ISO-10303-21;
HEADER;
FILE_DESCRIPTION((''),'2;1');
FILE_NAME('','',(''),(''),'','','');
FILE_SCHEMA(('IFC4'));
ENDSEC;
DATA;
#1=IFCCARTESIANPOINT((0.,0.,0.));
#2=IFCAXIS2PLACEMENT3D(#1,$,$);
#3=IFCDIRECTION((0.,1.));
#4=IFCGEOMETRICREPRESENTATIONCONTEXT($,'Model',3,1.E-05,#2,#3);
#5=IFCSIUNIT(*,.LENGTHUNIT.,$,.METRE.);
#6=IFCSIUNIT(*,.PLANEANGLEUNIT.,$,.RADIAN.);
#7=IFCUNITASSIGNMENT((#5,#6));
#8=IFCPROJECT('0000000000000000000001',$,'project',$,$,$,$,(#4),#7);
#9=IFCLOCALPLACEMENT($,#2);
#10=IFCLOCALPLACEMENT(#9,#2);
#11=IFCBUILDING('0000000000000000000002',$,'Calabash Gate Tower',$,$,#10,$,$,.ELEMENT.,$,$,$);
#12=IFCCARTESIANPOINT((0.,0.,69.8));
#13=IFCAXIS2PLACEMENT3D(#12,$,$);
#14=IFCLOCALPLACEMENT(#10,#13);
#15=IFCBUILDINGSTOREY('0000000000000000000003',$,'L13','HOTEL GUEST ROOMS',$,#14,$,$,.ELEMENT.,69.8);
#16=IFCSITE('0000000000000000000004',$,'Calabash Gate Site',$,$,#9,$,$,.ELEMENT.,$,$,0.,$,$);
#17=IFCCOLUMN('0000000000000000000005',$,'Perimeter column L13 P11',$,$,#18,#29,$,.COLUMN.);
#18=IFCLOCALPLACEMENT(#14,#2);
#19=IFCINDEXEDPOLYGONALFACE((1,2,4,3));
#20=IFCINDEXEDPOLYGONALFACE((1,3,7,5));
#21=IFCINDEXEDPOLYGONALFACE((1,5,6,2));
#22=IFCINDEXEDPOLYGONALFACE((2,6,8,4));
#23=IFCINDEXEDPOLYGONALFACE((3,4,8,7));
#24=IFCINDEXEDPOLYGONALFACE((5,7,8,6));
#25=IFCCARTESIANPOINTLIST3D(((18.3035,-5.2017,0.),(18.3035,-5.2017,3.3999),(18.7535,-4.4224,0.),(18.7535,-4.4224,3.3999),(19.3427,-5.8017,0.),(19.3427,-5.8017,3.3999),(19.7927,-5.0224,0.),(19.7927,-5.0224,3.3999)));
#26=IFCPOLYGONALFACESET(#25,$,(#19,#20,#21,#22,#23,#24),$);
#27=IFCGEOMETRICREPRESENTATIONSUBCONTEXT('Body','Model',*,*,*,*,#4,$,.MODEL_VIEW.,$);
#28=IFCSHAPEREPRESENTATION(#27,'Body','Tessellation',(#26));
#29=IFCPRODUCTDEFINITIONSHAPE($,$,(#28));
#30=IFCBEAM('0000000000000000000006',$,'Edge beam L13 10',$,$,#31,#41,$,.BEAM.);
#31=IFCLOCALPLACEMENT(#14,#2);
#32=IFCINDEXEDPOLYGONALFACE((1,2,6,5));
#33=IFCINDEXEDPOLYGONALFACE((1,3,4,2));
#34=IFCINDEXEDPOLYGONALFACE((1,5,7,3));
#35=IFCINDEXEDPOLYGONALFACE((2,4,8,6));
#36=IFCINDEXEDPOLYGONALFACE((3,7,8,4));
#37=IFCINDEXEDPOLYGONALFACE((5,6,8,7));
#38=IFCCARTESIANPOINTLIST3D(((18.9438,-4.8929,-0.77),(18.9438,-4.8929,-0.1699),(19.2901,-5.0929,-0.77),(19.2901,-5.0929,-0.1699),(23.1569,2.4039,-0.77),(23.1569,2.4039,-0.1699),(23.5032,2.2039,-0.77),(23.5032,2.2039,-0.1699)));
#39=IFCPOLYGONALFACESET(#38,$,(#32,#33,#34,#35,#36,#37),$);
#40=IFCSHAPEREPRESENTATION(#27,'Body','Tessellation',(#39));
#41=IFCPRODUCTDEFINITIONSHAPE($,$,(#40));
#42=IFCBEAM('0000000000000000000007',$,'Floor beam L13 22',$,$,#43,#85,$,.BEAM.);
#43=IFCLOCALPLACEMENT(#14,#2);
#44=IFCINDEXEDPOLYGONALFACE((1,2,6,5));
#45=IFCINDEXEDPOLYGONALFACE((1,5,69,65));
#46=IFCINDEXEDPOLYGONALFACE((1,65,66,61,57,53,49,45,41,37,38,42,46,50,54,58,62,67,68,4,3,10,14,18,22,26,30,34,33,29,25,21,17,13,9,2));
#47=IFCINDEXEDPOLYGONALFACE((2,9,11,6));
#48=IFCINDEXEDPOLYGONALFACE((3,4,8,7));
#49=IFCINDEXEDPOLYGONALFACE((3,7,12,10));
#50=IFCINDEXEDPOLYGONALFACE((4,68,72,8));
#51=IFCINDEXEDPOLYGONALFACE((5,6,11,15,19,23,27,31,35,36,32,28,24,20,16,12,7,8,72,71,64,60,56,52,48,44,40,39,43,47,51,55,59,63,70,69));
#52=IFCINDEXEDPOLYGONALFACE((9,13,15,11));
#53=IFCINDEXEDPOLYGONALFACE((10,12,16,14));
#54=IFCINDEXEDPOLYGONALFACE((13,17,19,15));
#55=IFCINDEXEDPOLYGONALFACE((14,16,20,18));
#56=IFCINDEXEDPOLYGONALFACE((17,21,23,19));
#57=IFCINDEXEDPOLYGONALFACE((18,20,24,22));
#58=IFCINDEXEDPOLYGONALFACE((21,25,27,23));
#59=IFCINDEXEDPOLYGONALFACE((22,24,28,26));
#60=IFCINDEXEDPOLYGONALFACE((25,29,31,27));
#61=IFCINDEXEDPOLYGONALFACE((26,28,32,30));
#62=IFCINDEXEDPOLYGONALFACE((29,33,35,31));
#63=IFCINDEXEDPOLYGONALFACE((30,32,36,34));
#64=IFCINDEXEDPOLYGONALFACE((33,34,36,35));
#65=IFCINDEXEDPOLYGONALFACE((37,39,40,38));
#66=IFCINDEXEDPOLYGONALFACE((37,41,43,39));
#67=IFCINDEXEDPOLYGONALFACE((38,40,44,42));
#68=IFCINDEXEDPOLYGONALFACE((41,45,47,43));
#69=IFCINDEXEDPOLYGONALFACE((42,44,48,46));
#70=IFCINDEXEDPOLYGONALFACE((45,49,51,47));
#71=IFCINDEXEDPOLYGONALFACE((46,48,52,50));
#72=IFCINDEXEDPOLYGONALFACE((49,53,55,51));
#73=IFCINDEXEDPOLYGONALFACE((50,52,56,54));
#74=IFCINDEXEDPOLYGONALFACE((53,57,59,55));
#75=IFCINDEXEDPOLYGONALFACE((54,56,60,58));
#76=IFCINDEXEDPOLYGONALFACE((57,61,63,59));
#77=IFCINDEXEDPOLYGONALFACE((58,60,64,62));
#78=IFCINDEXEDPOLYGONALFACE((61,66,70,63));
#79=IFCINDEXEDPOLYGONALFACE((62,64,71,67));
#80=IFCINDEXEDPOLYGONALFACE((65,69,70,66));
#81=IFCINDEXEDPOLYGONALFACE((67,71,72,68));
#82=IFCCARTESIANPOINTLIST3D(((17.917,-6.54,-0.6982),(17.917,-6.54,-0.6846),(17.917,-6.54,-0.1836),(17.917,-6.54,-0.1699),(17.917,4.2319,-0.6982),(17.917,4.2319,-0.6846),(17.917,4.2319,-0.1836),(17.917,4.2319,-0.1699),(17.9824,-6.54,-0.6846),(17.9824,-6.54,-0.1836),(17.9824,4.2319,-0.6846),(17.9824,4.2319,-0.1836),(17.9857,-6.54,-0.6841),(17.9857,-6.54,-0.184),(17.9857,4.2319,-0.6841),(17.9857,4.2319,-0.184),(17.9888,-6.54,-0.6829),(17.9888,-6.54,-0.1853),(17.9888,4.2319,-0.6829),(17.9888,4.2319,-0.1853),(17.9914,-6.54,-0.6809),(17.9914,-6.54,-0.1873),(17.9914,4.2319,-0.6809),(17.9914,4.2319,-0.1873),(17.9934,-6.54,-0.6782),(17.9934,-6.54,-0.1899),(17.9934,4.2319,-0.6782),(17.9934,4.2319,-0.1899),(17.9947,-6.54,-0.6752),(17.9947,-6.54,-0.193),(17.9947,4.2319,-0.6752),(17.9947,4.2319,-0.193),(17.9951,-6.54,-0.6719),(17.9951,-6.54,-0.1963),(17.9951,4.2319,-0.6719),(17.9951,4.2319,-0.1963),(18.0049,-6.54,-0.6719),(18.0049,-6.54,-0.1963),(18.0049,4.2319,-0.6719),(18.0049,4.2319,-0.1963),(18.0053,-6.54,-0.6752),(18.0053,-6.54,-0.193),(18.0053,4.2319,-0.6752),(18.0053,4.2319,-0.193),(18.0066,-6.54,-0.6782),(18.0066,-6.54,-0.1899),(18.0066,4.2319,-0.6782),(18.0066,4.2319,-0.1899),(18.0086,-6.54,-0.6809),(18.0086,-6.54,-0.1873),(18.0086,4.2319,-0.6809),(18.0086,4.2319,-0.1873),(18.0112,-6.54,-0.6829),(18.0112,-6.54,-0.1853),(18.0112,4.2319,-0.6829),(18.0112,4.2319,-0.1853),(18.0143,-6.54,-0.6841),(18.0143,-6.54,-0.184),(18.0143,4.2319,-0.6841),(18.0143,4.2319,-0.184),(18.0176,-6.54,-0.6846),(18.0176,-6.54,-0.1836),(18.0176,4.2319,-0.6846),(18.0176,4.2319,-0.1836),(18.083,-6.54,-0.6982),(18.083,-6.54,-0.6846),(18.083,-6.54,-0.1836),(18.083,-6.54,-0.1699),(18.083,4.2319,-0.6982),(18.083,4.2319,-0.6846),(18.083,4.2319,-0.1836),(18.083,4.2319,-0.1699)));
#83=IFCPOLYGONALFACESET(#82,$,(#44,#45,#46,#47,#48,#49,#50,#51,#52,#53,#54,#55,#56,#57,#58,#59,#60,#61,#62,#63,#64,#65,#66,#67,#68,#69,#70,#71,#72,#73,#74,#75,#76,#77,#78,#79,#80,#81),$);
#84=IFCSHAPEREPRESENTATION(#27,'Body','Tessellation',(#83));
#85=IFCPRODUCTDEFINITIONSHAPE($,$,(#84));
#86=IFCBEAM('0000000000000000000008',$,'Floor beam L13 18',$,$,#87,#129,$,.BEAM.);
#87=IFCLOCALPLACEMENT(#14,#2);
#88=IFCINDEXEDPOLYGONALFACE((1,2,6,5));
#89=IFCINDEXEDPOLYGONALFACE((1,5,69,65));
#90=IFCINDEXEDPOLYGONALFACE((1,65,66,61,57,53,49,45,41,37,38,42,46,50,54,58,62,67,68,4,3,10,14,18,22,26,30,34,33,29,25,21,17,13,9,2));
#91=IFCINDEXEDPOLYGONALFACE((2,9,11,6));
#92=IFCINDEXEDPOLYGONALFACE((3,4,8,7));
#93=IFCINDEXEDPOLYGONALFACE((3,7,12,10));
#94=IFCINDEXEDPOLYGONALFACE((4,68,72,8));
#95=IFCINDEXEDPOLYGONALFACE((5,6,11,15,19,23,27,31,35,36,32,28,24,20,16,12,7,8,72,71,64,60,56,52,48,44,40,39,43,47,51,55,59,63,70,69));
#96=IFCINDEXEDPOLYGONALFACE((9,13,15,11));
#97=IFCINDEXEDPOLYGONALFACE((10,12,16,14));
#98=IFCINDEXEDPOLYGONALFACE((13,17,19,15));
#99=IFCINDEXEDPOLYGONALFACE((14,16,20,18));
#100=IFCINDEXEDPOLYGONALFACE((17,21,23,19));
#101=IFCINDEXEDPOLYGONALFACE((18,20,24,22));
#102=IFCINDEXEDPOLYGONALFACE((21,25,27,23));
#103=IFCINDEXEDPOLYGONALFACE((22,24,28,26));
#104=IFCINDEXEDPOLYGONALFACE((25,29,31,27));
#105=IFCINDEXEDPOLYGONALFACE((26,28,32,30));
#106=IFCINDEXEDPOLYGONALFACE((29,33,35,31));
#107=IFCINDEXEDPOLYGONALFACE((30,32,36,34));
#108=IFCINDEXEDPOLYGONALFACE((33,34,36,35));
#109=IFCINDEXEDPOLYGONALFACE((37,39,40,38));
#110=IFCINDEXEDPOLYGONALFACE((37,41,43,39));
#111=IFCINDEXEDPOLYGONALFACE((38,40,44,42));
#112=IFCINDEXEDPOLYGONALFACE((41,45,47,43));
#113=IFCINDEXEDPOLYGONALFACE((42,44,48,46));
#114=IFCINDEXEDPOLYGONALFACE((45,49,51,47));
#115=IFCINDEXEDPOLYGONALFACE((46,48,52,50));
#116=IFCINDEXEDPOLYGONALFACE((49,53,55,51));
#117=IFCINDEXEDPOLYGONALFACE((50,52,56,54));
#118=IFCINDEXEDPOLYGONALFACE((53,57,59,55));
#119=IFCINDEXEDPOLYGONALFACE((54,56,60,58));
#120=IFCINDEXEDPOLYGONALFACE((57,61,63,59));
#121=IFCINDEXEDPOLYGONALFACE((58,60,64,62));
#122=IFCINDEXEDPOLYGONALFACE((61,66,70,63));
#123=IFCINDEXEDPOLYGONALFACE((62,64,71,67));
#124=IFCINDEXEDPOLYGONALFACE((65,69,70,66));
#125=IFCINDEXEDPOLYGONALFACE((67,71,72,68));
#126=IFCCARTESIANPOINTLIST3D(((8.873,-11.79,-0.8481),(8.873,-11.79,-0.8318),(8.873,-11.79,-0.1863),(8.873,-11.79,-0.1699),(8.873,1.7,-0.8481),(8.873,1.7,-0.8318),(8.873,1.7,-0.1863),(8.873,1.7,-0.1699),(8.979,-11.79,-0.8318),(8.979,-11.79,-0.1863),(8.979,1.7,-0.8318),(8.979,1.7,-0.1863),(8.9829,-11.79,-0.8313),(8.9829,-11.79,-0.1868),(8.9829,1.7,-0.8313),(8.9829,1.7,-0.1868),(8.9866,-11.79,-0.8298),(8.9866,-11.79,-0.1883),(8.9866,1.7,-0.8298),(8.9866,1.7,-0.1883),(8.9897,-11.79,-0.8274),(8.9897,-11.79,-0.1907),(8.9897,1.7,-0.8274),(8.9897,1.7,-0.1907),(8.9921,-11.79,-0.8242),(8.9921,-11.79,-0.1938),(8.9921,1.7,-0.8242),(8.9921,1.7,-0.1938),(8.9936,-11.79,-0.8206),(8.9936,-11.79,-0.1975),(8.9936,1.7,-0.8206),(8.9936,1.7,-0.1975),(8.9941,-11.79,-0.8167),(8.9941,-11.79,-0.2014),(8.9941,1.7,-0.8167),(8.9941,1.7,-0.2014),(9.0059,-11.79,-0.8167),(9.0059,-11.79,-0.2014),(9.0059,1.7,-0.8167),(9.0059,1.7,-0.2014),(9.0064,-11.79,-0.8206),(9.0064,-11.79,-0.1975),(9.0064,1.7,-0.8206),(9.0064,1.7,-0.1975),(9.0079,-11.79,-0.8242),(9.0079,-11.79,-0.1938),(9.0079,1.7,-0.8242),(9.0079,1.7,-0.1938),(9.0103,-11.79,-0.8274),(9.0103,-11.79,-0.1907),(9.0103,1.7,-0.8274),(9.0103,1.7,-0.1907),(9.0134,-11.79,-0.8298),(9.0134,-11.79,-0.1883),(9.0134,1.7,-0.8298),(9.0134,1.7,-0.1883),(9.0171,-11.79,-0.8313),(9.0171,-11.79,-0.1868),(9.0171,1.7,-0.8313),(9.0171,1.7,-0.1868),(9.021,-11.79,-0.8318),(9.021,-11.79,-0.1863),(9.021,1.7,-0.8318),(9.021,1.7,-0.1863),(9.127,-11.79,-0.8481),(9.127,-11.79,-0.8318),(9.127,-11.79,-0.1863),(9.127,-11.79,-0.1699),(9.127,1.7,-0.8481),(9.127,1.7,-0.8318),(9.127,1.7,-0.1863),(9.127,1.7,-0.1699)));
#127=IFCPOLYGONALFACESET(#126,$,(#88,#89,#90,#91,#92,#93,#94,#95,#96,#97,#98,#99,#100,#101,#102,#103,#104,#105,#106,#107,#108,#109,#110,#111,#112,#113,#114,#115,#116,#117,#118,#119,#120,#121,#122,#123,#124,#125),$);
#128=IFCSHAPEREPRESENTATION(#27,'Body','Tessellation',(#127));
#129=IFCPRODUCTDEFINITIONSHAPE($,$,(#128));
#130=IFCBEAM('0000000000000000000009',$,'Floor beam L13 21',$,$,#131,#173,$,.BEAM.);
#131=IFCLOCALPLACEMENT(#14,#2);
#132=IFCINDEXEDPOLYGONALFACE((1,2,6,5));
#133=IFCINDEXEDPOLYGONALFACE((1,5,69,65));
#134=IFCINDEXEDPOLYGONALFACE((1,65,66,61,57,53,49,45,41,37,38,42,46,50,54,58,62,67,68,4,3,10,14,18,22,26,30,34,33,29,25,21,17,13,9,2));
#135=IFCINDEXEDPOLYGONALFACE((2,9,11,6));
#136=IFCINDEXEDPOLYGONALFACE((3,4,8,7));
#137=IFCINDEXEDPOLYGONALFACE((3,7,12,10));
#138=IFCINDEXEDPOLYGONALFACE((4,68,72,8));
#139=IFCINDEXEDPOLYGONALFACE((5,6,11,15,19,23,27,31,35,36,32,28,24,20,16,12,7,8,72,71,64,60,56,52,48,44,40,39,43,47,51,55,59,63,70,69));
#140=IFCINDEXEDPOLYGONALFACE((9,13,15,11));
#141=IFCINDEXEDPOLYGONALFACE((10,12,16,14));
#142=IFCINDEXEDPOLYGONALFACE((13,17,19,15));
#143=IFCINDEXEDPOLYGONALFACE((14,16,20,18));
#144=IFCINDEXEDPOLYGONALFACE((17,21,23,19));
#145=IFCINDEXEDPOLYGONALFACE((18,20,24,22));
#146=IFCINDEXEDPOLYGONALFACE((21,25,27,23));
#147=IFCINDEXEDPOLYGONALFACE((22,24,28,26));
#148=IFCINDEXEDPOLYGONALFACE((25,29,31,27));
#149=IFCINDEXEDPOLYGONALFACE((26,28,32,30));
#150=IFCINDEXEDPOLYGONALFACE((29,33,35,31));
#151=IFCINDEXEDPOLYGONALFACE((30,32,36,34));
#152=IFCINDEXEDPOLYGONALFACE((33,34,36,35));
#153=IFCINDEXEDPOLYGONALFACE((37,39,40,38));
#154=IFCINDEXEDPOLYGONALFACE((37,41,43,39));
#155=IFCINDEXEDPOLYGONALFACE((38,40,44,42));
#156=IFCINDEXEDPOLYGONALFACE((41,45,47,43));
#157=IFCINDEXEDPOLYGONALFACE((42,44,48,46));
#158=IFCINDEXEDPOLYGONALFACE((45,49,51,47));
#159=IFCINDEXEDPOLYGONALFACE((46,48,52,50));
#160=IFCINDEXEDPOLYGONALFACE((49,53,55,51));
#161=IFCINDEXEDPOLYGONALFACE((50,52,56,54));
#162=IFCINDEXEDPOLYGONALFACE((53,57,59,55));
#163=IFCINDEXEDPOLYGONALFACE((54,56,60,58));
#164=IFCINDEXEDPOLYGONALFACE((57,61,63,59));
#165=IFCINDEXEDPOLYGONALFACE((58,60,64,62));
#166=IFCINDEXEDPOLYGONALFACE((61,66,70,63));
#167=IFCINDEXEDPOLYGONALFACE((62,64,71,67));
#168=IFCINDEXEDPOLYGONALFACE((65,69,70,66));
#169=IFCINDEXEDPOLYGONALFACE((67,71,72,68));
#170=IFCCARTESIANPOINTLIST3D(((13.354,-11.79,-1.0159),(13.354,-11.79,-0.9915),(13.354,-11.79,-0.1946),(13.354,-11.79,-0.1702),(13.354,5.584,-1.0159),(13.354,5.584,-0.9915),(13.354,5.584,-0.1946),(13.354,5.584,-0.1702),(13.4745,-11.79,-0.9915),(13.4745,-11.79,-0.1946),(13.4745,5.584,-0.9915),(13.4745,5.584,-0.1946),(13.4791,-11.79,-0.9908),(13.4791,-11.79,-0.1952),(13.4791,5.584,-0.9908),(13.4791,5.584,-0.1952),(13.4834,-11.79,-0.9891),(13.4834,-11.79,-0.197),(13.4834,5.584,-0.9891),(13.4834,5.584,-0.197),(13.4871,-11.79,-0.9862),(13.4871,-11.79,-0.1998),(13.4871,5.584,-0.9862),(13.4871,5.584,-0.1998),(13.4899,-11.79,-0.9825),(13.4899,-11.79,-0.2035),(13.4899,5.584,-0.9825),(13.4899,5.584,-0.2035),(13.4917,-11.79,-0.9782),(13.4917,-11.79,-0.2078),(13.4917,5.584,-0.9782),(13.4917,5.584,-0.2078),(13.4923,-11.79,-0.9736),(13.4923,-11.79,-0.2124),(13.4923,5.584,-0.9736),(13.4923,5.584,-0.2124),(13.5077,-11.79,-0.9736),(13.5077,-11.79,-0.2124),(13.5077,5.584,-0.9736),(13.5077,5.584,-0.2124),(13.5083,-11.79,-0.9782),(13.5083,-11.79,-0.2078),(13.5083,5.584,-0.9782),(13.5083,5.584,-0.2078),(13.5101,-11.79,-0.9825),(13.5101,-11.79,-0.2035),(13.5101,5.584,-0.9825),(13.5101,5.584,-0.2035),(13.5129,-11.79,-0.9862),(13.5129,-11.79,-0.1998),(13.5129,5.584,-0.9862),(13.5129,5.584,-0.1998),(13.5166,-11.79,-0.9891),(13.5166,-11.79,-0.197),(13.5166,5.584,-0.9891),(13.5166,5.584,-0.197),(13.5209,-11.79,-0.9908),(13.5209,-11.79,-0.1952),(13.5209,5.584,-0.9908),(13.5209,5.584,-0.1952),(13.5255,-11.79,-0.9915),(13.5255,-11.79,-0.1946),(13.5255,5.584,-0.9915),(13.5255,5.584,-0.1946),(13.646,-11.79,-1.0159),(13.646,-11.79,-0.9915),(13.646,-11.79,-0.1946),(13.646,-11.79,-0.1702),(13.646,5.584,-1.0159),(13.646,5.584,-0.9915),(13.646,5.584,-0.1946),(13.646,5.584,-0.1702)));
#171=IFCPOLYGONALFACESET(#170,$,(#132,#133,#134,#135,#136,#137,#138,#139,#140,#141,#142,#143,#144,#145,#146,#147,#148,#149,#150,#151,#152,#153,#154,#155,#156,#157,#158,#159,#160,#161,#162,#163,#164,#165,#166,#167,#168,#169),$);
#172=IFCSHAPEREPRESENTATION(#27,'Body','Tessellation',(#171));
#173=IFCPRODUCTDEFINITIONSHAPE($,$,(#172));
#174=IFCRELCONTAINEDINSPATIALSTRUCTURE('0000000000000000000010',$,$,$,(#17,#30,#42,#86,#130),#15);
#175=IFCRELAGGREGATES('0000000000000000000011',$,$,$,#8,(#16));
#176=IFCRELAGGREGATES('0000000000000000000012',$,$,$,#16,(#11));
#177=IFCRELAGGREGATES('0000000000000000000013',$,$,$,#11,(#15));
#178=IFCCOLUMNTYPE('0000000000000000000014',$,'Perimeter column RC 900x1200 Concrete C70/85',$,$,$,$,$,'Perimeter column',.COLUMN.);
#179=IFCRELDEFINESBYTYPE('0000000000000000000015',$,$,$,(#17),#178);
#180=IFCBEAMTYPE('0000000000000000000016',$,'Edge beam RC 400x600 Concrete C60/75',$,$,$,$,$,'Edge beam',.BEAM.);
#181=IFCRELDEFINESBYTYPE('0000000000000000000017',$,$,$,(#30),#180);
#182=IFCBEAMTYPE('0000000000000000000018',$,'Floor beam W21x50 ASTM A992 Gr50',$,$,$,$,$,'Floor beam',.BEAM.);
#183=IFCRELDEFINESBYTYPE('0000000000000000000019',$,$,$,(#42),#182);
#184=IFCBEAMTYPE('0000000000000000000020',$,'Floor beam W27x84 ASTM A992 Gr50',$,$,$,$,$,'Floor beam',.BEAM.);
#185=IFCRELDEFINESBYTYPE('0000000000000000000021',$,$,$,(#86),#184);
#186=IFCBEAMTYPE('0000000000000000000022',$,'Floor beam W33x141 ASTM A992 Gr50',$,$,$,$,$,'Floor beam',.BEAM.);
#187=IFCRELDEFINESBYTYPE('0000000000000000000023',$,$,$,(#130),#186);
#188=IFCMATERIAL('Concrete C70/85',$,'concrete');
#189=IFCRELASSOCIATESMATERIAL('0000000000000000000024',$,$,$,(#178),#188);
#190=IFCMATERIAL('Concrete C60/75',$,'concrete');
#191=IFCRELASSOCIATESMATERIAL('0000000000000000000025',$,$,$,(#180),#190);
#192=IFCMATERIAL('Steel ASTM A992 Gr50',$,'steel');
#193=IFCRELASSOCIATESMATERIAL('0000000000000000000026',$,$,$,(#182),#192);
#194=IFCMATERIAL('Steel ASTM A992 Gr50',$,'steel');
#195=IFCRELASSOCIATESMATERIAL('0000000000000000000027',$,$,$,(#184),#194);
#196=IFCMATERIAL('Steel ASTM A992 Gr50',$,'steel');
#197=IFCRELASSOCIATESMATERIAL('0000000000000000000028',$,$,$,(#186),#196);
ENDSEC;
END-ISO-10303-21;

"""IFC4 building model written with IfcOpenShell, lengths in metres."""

from ifc_helpers import new_model, si_unit, direction, frame, origin, origin_2d, place, context, subcontext, project, spatial, rectangle, i_section, extrude, material, material_profile, profile_set, type_object, element, save


model = new_model("IFC4")

# Units and contexts
model_context = context("Model", 3, precision=1e-05, world=origin(), true_north=direction((0.0, 1.0)))
body_context = subcontext(model_context, "Body", "Model", "MODEL_VIEW")
ifc_project = project(units=[si_unit("LENGTHUNIT", "METRE"), si_unit("PLANEANGLEUNIT", "RADIAN")], contexts=[model_context])

# Site, building, storey
site_placement = place(None, origin())
site = spatial("IfcSite", under=ifc_project, at=site_placement, Name="Calabash Gate Site", CompositionType="ELEMENT", RefElevation=0.0)
building_placement = place(site_placement, origin())
building = spatial("IfcBuilding", under=site, at=building_placement, Name="Calabash Gate Tower", CompositionType="ELEMENT")
storey_placement = place(building_placement, frame((0.0, 0.0, 69.8)))
storey = spatial("IfcBuildingStorey", under=building, at=storey_placement, Name="L13", Description="HOTEL GUEST ROOMS", CompositionType="ELEMENT", Elevation=69.8)

# Column
ifc_material_1 = material(Name="Concrete C70/85", Category="concrete")
ifc_material_profile_1 = material_profile(ifc_material_1, rectangle(XDim=0.8999, YDim=1.2, at=origin_2d()))
ifc_profile_set_1 = profile_set([ifc_material_profile_1], Name="Concrete C70/85")
column_type = type_object("IfcColumnType", Name="Perimeter column RC 900x1200 Concrete C70/85", ElementType="Perimeter column", PredefinedType="COLUMN", material=ifc_profile_set_1)
column_placement = place(storey_placement, frame((19.0481, -5.1121, 0.0), z_axis=(0.0, 0.0, 1.0), x_axis=(0.5, 0.866025, 0.0)))
element("IfcColumn", 1, at=column_placement, inside=storey, type_object=column_type, Name="Perimeter column L13 P11", PredefinedType="COLUMN", context=body_context, shape_type="SweptSolid", body=[
    extrude(rectangle(XDim=0.8999, YDim=1.2, at=origin_2d()), origin(), (0.0, 0.0, 1.0), 3.3999),
])

# Beams
ifc_material_2 = material(Name="Concrete C60/75", Category="concrete")
ifc_material_profile_2 = material_profile(ifc_material_2, rectangle(XDim=0.3999, YDim=0.6001, at=origin_2d()))
ifc_profile_set_2 = profile_set([ifc_material_profile_2], Name="Concrete C60/75")
beam_type_1 = type_object("IfcBeamType", Name="Edge beam RC 400x600 Concrete C60/75", ElementType="Edge beam", PredefinedType="BEAM", material=ifc_profile_set_2)
beam_1_placement = place(storey_placement, frame((19.1169, -4.9929, -0.47), z_axis=(0.500025, 0.866011, 0.0), x_axis=(-0.866011, 0.500025, 0.0)))
element("IfcBeam", 2, at=beam_1_placement, inside=storey, type_object=beam_type_1, Name="Edge beam L13 10", PredefinedType="BEAM", context=body_context, shape_type="SweptSolid", body=[
    extrude(rectangle(XDim=0.3999, YDim=0.6001, at=origin_2d()), origin(), (0.0, 0.0, 1.0), 8.4258),
])
ifc_material_3 = material(Name="Steel ASTM A992 Gr50", Category="steel")
ifc_material_profile_3 = material_profile(ifc_material_3, i_section(OverallWidth=0.166, OverallDepth=0.5283, WebThickness=0.0098, FlangeThickness=0.0137, FilletRadius=0.0127, at=origin_2d()))
ifc_profile_set_3 = profile_set([ifc_material_profile_3], Name="Steel ASTM A992 Gr50")
beam_type_2 = type_object("IfcBeamType", Name="Floor beam W21x50 ASTM A992 Gr50", ElementType="Floor beam", PredefinedType="BEAM", material=ifc_profile_set_3)
beam_2_placement = place(storey_placement, frame((18.0, -6.54, -0.4341), z_axis=(0.0, 1.0, 0.0), x_axis=(-1.0, 0.0, 0.0)))
element("IfcBeam", 3, at=beam_2_placement, inside=storey, type_object=beam_type_2, Name="Floor beam L13 22", PredefinedType="BEAM", context=body_context, shape_type="SweptSolid", body=[
    extrude(i_section(OverallWidth=0.166, OverallDepth=0.5283, WebThickness=0.0098, FlangeThickness=0.0137, FilletRadius=0.0127, at=origin_2d()), origin(), (0.0, 0.0, 1.0), 10.772),
])
ifc_material_4 = material(Name="Steel ASTM A992 Gr50", Category="steel")
ifc_material_profile_4 = material_profile(ifc_material_4, i_section(OverallWidth=0.2539, OverallDepth=0.6782, WebThickness=0.0117, FlangeThickness=0.0164, FilletRadius=0.0151, at=origin_2d()))
ifc_profile_set_4 = profile_set([ifc_material_profile_4], Name="Steel ASTM A992 Gr50")
beam_type_3 = type_object("IfcBeamType", Name="Floor beam W27x84 ASTM A992 Gr50", ElementType="Floor beam", PredefinedType="BEAM", material=ifc_profile_set_4)
beam_3_placement = place(storey_placement, frame((9.0, -11.79, -0.509), z_axis=(0.0, 1.0, 0.0), x_axis=(-1.0, 0.0, 0.0)))
element("IfcBeam", 4, at=beam_3_placement, inside=storey, type_object=beam_type_3, Name="Floor beam L13 18", PredefinedType="BEAM", context=body_context, shape_type="SweptSolid", body=[
    extrude(i_section(OverallWidth=0.2539, OverallDepth=0.6782, WebThickness=0.0117, FlangeThickness=0.0164, FilletRadius=0.0151, at=origin_2d()), origin(), (0.0, 0.0, 1.0), 13.49),
])
ifc_material_5 = material(Name="Steel ASTM A992 Gr50", Category="steel")
ifc_material_profile_5 = material_profile(ifc_material_5, i_section(OverallWidth=0.292, OverallDepth=0.8457, WebThickness=0.0154, FlangeThickness=0.0244, FilletRadius=0.0178, at=origin_2d()))
ifc_profile_set_5 = profile_set([ifc_material_profile_5], Name="Steel ASTM A992 Gr50")
beam_type_4 = type_object("IfcBeamType", Name="Floor beam W33x141 ASTM A992 Gr50", ElementType="Floor beam", PredefinedType="BEAM", material=ifc_profile_set_5)
beam_4_placement = place(storey_placement, frame((13.5, -11.79, -0.593), z_axis=(0.0, 1.0, 0.0), x_axis=(-1.0, 0.0, 0.0)))
element("IfcBeam", 5, at=beam_4_placement, inside=storey, type_object=beam_type_4, Name="Floor beam L13 21", PredefinedType="BEAM", context=body_context, shape_type="SweptSolid", body=[
    extrude(i_section(OverallWidth=0.292, OverallDepth=0.8457, WebThickness=0.0154, FlangeThickness=0.0244, FilletRadius=0.0178, at=origin_2d()), origin(), (0.0, 0.0, 1.0), 17.374),
])

save(model, "model.ifc")
